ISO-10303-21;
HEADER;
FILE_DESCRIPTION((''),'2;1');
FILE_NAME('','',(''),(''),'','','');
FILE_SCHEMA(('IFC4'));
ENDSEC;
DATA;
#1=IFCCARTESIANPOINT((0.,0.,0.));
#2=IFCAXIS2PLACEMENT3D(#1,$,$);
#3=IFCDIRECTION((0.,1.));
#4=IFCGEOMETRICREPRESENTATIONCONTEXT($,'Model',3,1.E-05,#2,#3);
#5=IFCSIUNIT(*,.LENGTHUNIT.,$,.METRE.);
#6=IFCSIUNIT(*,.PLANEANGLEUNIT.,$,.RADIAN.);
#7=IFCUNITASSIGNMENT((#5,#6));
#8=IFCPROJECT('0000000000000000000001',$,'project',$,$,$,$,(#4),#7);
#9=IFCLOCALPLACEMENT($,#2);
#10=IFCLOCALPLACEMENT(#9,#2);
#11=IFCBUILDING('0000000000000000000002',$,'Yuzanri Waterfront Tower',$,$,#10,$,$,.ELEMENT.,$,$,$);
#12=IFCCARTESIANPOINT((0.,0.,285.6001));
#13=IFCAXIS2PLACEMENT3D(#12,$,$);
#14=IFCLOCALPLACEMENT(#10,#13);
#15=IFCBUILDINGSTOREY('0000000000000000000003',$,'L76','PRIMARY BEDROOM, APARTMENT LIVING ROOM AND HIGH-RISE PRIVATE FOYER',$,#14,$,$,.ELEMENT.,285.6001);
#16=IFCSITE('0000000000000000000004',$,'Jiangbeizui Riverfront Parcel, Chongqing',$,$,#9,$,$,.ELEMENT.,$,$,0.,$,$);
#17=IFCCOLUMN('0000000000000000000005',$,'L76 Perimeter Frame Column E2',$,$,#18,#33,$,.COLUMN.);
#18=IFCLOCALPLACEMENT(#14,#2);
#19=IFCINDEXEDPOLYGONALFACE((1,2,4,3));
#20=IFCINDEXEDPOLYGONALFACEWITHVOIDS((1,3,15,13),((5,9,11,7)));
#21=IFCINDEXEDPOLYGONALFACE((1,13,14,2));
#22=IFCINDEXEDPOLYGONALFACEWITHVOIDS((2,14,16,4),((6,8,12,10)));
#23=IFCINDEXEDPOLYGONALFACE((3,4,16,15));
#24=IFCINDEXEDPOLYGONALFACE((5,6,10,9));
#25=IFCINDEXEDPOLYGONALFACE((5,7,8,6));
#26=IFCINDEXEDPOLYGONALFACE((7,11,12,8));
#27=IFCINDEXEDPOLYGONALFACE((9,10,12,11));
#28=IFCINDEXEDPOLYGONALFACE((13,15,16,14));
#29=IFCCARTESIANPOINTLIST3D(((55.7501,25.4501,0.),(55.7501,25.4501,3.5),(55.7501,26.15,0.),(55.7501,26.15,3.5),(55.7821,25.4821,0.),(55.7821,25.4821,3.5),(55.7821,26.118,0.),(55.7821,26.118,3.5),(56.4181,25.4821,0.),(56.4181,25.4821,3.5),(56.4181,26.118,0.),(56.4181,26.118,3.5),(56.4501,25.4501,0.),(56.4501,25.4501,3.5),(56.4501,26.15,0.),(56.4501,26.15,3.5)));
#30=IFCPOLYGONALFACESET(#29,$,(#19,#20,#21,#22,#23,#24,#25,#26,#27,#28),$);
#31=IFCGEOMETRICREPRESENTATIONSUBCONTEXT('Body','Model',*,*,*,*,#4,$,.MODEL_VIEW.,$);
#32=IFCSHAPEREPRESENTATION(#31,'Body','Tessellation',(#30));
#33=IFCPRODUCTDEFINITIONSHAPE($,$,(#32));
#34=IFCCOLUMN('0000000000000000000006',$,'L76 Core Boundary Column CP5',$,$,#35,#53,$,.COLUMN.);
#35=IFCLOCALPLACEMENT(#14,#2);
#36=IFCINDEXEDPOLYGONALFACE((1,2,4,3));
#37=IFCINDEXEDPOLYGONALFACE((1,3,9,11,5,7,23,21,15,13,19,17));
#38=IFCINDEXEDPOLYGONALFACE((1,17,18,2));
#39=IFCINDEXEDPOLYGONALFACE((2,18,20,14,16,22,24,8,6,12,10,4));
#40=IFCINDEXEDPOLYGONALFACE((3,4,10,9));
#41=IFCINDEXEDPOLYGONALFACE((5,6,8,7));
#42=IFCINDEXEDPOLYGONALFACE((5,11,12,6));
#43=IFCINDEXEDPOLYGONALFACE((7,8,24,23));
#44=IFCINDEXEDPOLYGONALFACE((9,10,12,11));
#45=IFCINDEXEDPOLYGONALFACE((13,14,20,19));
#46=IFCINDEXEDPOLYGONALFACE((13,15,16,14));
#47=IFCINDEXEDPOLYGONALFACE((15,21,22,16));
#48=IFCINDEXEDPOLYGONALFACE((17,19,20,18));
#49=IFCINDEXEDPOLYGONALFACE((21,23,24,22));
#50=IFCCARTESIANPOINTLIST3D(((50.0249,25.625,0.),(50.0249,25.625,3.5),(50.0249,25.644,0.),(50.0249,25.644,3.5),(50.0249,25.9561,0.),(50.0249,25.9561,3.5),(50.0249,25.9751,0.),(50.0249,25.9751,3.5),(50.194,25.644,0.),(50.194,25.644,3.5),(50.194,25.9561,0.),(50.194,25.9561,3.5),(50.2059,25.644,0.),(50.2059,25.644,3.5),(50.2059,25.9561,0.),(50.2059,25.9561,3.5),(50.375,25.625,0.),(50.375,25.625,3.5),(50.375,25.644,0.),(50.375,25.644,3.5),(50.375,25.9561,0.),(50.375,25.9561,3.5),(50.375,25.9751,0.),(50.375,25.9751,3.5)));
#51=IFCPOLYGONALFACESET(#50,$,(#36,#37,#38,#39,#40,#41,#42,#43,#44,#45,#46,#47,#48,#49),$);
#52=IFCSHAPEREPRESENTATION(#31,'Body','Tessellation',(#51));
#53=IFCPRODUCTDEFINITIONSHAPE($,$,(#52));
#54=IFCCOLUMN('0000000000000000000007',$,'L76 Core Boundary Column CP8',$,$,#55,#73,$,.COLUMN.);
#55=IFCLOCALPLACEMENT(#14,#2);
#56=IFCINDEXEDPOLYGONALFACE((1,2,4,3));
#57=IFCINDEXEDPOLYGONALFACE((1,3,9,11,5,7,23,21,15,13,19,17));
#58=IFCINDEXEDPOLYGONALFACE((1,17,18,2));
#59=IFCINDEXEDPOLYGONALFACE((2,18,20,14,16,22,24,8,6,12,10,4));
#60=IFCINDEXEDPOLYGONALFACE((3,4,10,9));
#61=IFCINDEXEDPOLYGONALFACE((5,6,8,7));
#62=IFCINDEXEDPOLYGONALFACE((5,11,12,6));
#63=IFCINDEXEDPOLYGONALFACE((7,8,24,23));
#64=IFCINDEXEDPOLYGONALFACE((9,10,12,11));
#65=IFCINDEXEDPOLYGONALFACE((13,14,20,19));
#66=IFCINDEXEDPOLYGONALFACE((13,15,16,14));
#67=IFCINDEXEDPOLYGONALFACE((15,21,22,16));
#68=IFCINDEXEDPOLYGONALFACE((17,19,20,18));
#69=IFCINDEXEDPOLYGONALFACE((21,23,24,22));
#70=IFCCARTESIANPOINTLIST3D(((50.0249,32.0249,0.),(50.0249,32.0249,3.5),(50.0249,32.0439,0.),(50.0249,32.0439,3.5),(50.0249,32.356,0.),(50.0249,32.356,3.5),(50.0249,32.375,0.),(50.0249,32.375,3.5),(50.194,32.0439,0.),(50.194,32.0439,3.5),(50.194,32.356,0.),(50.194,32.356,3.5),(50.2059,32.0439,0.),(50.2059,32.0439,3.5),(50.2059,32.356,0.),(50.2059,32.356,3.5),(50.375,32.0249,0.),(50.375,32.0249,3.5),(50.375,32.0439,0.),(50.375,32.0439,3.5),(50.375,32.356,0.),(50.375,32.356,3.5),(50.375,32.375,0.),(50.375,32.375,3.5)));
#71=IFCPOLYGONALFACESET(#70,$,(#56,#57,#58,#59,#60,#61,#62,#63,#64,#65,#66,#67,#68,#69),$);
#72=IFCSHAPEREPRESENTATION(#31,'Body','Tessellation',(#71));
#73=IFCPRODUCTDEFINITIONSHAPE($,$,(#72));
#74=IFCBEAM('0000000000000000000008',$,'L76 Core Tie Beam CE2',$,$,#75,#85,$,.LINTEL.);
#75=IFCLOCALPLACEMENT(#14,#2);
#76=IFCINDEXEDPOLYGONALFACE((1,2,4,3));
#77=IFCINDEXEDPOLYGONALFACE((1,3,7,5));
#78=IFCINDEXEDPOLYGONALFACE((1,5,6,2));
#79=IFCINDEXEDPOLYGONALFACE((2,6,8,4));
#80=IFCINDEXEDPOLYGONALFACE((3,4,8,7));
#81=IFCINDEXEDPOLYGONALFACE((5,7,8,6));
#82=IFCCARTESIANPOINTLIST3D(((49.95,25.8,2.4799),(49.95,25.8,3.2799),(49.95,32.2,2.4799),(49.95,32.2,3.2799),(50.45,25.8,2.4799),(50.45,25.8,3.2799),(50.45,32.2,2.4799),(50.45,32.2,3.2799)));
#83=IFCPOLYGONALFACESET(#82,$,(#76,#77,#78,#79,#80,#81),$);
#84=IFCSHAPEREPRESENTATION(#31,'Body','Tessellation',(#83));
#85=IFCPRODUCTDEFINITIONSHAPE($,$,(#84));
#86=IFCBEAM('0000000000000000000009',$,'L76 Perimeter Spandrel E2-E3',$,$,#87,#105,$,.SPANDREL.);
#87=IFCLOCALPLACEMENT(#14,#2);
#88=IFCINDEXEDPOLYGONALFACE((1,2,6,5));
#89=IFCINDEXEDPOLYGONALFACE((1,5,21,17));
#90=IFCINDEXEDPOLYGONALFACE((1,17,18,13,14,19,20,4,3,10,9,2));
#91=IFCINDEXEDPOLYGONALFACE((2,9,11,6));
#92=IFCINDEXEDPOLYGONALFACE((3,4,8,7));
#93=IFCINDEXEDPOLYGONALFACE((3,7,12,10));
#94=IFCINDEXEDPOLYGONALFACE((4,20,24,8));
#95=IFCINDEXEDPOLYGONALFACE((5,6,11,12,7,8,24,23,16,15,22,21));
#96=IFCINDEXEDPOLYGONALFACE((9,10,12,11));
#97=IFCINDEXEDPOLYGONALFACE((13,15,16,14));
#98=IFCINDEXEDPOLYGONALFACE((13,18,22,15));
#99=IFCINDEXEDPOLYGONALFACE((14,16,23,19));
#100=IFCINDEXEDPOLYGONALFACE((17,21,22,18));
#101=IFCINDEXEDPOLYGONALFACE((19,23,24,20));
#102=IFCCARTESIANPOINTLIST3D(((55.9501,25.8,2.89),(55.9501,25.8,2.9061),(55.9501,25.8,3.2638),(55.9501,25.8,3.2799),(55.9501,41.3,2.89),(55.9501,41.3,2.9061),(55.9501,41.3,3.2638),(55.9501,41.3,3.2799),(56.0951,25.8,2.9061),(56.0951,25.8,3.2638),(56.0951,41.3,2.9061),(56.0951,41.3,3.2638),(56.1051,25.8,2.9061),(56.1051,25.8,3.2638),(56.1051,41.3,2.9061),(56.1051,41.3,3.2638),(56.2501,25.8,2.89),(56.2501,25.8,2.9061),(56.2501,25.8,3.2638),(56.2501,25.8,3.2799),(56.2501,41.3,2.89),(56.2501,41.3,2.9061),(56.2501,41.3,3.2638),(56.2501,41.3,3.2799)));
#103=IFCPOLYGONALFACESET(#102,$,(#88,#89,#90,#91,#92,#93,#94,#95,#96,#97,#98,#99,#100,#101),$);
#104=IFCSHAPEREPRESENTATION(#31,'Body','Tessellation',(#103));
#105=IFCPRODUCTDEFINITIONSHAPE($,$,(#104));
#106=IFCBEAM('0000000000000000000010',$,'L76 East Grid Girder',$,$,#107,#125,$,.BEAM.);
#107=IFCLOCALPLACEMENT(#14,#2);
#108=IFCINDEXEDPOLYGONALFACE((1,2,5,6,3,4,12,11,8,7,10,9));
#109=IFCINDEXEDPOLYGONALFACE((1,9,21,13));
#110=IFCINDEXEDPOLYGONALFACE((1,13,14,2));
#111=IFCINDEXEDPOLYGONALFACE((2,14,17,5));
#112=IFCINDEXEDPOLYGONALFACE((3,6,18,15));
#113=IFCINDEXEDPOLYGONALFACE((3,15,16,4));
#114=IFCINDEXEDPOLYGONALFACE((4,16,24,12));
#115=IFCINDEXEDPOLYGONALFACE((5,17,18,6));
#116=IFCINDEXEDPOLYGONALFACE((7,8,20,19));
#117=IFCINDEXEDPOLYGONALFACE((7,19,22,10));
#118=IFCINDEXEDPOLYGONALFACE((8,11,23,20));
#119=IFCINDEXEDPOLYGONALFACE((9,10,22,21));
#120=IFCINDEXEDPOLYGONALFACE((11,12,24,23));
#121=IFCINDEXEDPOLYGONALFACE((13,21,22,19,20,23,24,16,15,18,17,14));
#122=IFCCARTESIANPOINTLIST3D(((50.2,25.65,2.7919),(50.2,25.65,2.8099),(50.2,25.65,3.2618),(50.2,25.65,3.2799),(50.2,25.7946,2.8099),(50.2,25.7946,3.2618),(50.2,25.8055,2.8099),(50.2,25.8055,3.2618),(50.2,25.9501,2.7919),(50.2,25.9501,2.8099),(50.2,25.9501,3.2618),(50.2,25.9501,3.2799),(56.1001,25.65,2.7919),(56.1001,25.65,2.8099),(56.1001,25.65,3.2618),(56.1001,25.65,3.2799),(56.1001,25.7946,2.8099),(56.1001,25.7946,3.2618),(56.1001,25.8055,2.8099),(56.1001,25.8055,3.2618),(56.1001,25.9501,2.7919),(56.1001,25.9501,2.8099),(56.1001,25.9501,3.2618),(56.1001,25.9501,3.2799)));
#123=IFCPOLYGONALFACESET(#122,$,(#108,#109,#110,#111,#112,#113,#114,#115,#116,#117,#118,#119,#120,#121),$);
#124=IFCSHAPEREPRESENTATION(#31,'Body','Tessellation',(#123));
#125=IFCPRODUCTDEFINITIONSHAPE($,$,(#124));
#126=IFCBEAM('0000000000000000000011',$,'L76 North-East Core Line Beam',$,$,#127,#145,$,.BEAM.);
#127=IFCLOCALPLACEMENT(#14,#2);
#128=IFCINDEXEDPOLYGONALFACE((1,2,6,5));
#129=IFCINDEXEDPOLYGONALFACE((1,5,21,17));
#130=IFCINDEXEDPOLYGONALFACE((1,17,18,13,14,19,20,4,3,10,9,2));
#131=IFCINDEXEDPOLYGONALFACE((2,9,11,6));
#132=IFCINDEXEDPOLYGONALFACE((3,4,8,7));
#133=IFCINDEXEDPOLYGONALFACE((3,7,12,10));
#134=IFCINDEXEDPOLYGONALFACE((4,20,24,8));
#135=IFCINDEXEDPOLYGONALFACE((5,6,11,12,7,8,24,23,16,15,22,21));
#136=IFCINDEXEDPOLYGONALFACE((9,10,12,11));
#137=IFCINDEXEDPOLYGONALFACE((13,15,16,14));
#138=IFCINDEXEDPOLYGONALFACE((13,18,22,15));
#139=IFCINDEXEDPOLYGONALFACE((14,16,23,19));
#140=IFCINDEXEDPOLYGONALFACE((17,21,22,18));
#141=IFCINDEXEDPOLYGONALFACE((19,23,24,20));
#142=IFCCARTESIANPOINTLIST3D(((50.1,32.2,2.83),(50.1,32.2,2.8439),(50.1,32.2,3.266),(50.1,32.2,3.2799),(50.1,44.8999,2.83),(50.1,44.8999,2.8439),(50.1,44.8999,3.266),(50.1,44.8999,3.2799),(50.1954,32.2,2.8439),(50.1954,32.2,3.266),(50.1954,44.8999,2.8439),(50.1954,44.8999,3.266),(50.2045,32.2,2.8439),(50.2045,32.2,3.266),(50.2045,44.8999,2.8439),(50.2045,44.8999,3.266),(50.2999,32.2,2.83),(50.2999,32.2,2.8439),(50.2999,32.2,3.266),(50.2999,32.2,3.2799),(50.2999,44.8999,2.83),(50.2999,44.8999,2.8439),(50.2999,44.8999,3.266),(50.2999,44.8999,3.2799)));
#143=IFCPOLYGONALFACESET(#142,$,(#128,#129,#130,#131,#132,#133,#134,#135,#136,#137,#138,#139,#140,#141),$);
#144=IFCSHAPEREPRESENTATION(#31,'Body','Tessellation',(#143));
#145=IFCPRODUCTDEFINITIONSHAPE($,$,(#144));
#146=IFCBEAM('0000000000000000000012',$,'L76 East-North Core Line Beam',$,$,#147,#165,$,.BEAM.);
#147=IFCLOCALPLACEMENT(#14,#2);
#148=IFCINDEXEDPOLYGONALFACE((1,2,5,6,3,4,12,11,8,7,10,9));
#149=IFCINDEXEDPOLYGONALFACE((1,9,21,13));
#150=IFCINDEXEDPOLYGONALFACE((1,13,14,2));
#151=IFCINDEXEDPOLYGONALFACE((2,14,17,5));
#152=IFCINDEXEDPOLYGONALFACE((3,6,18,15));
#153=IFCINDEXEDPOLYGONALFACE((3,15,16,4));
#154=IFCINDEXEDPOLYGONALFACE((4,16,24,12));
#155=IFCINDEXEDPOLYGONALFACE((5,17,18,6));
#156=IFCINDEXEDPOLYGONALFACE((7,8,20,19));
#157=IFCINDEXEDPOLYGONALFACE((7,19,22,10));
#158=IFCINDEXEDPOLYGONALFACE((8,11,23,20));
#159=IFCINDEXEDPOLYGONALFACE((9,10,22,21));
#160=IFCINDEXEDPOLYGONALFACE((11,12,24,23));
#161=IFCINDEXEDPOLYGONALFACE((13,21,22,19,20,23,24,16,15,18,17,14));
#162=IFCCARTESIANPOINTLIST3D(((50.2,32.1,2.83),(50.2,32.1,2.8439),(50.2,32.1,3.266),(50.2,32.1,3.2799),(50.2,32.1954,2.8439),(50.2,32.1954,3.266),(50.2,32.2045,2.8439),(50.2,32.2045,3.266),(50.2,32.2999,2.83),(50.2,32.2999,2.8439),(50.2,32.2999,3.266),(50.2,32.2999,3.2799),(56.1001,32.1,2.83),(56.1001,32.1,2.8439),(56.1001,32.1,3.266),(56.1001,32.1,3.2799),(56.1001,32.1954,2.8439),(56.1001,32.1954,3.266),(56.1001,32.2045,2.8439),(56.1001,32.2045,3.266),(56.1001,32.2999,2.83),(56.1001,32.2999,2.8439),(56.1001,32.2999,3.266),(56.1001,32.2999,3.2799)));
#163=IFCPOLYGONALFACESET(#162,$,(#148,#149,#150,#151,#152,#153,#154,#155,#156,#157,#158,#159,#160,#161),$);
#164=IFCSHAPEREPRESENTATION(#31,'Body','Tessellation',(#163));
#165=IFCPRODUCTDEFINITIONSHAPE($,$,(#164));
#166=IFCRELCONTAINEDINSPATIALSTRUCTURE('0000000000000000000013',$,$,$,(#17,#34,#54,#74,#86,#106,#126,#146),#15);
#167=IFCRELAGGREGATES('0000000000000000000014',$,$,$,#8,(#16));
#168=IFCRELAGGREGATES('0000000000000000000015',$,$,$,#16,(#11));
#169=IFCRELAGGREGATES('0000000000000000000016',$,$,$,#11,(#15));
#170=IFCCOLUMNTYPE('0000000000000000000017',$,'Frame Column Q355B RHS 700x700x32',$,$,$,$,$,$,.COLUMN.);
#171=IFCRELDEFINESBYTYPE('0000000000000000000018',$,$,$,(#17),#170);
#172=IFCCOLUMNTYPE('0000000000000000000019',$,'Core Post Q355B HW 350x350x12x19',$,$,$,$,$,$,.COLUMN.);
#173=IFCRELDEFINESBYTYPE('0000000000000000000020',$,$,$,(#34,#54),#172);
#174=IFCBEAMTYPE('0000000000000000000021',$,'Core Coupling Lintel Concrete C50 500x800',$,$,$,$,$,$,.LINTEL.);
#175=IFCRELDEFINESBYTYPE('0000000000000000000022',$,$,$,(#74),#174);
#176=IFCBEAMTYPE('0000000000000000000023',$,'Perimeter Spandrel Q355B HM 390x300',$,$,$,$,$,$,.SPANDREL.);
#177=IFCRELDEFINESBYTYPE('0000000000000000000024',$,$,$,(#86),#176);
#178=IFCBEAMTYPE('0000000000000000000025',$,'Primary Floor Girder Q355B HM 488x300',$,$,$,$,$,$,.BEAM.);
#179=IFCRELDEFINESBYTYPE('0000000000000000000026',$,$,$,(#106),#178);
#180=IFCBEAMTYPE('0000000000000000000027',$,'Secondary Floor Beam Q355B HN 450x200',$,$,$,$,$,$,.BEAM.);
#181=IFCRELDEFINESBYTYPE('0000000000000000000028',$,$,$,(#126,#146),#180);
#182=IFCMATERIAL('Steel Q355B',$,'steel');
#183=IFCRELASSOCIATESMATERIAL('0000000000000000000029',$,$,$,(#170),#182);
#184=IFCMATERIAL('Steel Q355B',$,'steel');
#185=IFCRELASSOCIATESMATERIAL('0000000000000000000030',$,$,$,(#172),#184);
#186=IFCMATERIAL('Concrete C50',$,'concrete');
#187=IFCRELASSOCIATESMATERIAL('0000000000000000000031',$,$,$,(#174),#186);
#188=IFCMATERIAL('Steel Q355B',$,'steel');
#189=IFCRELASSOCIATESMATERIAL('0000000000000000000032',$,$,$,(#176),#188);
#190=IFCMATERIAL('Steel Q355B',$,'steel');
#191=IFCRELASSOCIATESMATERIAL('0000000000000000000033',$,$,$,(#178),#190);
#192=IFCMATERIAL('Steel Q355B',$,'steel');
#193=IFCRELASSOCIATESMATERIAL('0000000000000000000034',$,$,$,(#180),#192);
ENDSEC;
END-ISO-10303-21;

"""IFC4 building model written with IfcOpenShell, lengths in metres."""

from ifc_helpers import new_model, si_unit, direction, frame, origin, origin_2d, place, context, subcontext, project, spatial, rectangle, hollow_rectangle, i_section, extrude, source, transform, mapped, material, material_profile, profile_set, type_object, element, save


model = new_model("IFC4")

# Units and contexts
model_context = context("Model", 3, precision=1e-05, world=origin(), true_north=direction((0.0, 1.0)))
body_context = subcontext(model_context, "Body", "Model", "MODEL_VIEW")
ifc_project = project(units=[si_unit("LENGTHUNIT", "METRE"), si_unit("PLANEANGLEUNIT", "RADIAN")], contexts=[model_context])

# Site, building, storey
site_placement = place(None, origin())
site = spatial("IfcSite", under=ifc_project, at=site_placement, Name="Jiangbeizui Riverfront Parcel, Chongqing", CompositionType="ELEMENT", RefElevation=0.0)
building_placement = place(site_placement, origin())
building = spatial("IfcBuilding", under=site, at=building_placement, Name="Yuzanri Waterfront Tower", CompositionType="ELEMENT")
storey_placement = place(building_placement, frame((0.0, 0.0, 285.6001)))
storey = spatial("IfcBuildingStorey", under=building, at=storey_placement, Name="L76", Description="PRIMARY BEDROOM, APARTMENT LIVING ROOM AND HIGH-RISE PRIVATE FOYER", CompositionType="ELEMENT", Elevation=285.6001)

# Columns
ifc_material_1 = material(Name="Steel Q355B", Category="steel")
ifc_material_profile_1 = material_profile(ifc_material_1, hollow_rectangle(XDim=0.7, YDim=0.7, WallThickness=0.032, at=origin_2d()), Name="RHS 700x700x32")
ifc_profile_set_1 = profile_set([ifc_material_profile_1], Name="Steel Q355B")
column_type_1 = type_object("IfcColumnType", Name="Frame Column Q355B RHS 700x700x32", PredefinedType="COLUMN", material=ifc_profile_set_1)
shared_shape_1 = source(origin(), body_context, "Body", "SweptSolid", [
    extrude(hollow_rectangle(XDim=0.7, YDim=0.7, WallThickness=0.032, at=origin_2d()), origin(), (0.0, 0.0, 1.0), 3.5),
])
column_placement = place(storey_placement, frame((56.1001, 25.8, 0.0), z_axis=(0.0, 0.0, 1.0), x_axis=(1.0, 0.0, 0.0)))
element("IfcColumn", 1, at=column_placement, inside=storey, type_object=column_type_1, Name="L76 Perimeter Frame Column E2", PredefinedType="COLUMN", context=body_context, shape_type="MappedRepresentation", body=[
    mapped(shared_shape_1, transform((0.0, 0.0, 0.0), scale=1.0)),
])
ifc_material_2 = material(Name="Steel Q355B", Category="steel")
ifc_material_profile_2 = material_profile(ifc_material_2, i_section(OverallWidth=0.3501, OverallDepth=0.3501, WebThickness=0.012, FlangeThickness=0.019, at=origin_2d()), Name="HW 350x350x12x19")
ifc_profile_set_2 = profile_set([ifc_material_profile_2], Name="Steel Q355B")
column_type_2 = type_object("IfcColumnType", Name="Core Post Q355B HW 350x350x12x19", PredefinedType="COLUMN", material=ifc_profile_set_2)
shared_shape_2 = source(origin(), body_context, "Body", "SweptSolid", [
    extrude(i_section(OverallWidth=0.3501, OverallDepth=0.3501, WebThickness=0.012, FlangeThickness=0.019, at=origin_2d()), origin(), (0.0, 0.0, 1.0), 3.5),
])
for number, where, z_axis, x_axis, name in (
    (2, (50.2, 25.8, 0.0), (0.0, 0.0, 1.0), (1.0, 0.0, 0.0), "L76 Core Boundary Column CP5"),
    (3, (50.2, 32.2, 0.0), (0.0, 0.0, 1.0), (1.0, 0.0, 0.0), "L76 Core Boundary Column CP8"),
):
    element("IfcColumn", number, at=place(storey_placement, frame(where, z_axis=z_axis, x_axis=x_axis)), inside=storey, type_object=column_type_2, Name=name, PredefinedType="COLUMN", context=body_context, shape_type="MappedRepresentation", body=[
        mapped(shared_shape_2, transform((0.0, 0.0, 0.0), scale=1.0)),
    ])

# Beams
ifc_material_3 = material(Name="Concrete C50", Category="concrete")
ifc_material_profile_3 = material_profile(ifc_material_3, rectangle(XDim=0.5, YDim=0.8, at=origin_2d()), Name="RC 500x800")
ifc_profile_set_3 = profile_set([ifc_material_profile_3], Name="Concrete C50")
beam_type_1 = type_object("IfcBeamType", Name="Core Coupling Lintel Concrete C50 500x800", PredefinedType="LINTEL", material=ifc_profile_set_3)
shared_shape_3 = source(origin(), body_context, "Body", "SweptSolid", [
    extrude(rectangle(XDim=0.5, YDim=0.8, at=origin_2d()), origin(), (0.0, 0.0, 1.0), 6.3999),
])
beam_1_placement = place(storey_placement, frame((50.2, 25.8, 2.8799), z_axis=(0.0, 1.0, 0.0), x_axis=(-1.0, 0.0, 0.0)))
element("IfcBeam", 4, at=beam_1_placement, inside=storey, type_object=beam_type_1, Name="L76 Core Tie Beam CE2", PredefinedType="LINTEL", context=body_context, shape_type="MappedRepresentation", body=[
    mapped(shared_shape_3, transform((0.0, 0.0, 0.0), scale=1.0)),
])
ifc_material_4 = material(Name="Steel Q355B", Category="steel")
ifc_material_profile_4 = material_profile(ifc_material_4, i_section(OverallWidth=0.3, OverallDepth=0.3899, WebThickness=0.01, FlangeThickness=0.0161, at=origin_2d()), Name="HM 390x300x10x16")
ifc_profile_set_4 = profile_set([ifc_material_profile_4], Name="Steel Q355B")
beam_type_2 = type_object("IfcBeamType", Name="Perimeter Spandrel Q355B HM 390x300", PredefinedType="SPANDREL", material=ifc_profile_set_4)
shared_shape_4 = source(origin(), body_context, "Body", "SweptSolid", [
    extrude(i_section(OverallWidth=0.3, OverallDepth=0.3899, WebThickness=0.01, FlangeThickness=0.0161, at=origin_2d()), origin(), (0.0, 0.0, 1.0), 15.5),
])
beam_2_placement = place(storey_placement, frame((56.1001, 25.8, 3.085), z_axis=(0.0, 1.0, 0.0), x_axis=(-1.0, 0.0, 0.0)))
element("IfcBeam", 5, at=beam_2_placement, inside=storey, type_object=beam_type_2, Name="L76 Perimeter Spandrel E2-E3", PredefinedType="SPANDREL", context=body_context, shape_type="MappedRepresentation", body=[
    mapped(shared_shape_4, transform((0.0, 0.0, 0.0), scale=1.0)),
])
ifc_material_5 = material(Name="Steel Q355B", Category="steel")
ifc_material_profile_5 = material_profile(ifc_material_5, i_section(OverallWidth=0.3, OverallDepth=0.488, WebThickness=0.011, FlangeThickness=0.0181, at=origin_2d()), Name="HM 488x300x11x18")
ifc_profile_set_5 = profile_set([ifc_material_profile_5], Name="Steel Q355B")
beam_type_3 = type_object("IfcBeamType", Name="Primary Floor Girder Q355B HM 488x300", PredefinedType="BEAM", material=ifc_profile_set_5)
shared_shape_5 = source(origin(), body_context, "Body", "SweptSolid", [
    extrude(i_section(OverallWidth=0.3, OverallDepth=0.488, WebThickness=0.011, FlangeThickness=0.0181, at=origin_2d()), origin(), (0.0, 0.0, 1.0), 5.9001),
])
beam_3_placement = place(storey_placement, frame((50.2, 25.8, 3.0359), z_axis=(1.0, 0.0, 0.0), x_axis=(0.0, 1.0, 0.0)))
element("IfcBeam", 6, at=beam_3_placement, inside=storey, type_object=beam_type_3, Name="L76 East Grid Girder", PredefinedType="BEAM", context=body_context, shape_type="MappedRepresentation", body=[
    mapped(shared_shape_5, transform((0.0, 0.0, 0.0), scale=1.0)),
])
ifc_material_6 = material(Name="Steel Q355B", Category="steel")
ifc_material_profile_6 = material_profile(ifc_material_6, i_section(OverallWidth=0.2, OverallDepth=0.45, WebThickness=0.009, FlangeThickness=0.0139, at=origin_2d()), Name="HN 450x200x9x14")
ifc_profile_set_6 = profile_set([ifc_material_profile_6], Name="Steel Q355B")
beam_type_4 = type_object("IfcBeamType", Name="Secondary Floor Beam Q355B HN 450x200", PredefinedType="BEAM", material=ifc_profile_set_6)
shared_shape_6 = source(origin(), body_context, "Body", "SweptSolid", [
    extrude(i_section(OverallWidth=0.2, OverallDepth=0.45, WebThickness=0.009, FlangeThickness=0.0139, at=origin_2d()), origin(), (0.0, 0.0, 1.0), 12.7),
])
beam_4_placement = place(storey_placement, frame((50.2, 32.2, 3.0549), z_axis=(0.0, 1.0, 0.0), x_axis=(-1.0, 0.0, 0.0)))
element("IfcBeam", 7, at=beam_4_placement, inside=storey, type_object=beam_type_4, Name="L76 North-East Core Line Beam", PredefinedType="BEAM", context=body_context, shape_type="MappedRepresentation", body=[
    mapped(shared_shape_6, transform((0.0, 0.0, 0.0), scale=1.0)),
])
shared_shape_7 = source(origin(), body_context, "Body", "SweptSolid", [
    extrude(i_section(OverallWidth=0.2, OverallDepth=0.45, WebThickness=0.009, FlangeThickness=0.0139, at=origin_2d()), origin(), (0.0, 0.0, 1.0), 5.9001),
])
beam_5_placement = place(storey_placement, frame((50.2, 32.2, 3.0549), z_axis=(1.0, 0.0, 0.0), x_axis=(0.0, 1.0, 0.0)))
element("IfcBeam", 8, at=beam_5_placement, inside=storey, type_object=beam_type_4, Name="L76 East-North Core Line Beam", PredefinedType="BEAM", context=body_context, shape_type="MappedRepresentation", body=[
    mapped(shared_shape_7, transform((0.0, 0.0, 0.0), scale=1.0)),
])

save(model, "model.ifc")
